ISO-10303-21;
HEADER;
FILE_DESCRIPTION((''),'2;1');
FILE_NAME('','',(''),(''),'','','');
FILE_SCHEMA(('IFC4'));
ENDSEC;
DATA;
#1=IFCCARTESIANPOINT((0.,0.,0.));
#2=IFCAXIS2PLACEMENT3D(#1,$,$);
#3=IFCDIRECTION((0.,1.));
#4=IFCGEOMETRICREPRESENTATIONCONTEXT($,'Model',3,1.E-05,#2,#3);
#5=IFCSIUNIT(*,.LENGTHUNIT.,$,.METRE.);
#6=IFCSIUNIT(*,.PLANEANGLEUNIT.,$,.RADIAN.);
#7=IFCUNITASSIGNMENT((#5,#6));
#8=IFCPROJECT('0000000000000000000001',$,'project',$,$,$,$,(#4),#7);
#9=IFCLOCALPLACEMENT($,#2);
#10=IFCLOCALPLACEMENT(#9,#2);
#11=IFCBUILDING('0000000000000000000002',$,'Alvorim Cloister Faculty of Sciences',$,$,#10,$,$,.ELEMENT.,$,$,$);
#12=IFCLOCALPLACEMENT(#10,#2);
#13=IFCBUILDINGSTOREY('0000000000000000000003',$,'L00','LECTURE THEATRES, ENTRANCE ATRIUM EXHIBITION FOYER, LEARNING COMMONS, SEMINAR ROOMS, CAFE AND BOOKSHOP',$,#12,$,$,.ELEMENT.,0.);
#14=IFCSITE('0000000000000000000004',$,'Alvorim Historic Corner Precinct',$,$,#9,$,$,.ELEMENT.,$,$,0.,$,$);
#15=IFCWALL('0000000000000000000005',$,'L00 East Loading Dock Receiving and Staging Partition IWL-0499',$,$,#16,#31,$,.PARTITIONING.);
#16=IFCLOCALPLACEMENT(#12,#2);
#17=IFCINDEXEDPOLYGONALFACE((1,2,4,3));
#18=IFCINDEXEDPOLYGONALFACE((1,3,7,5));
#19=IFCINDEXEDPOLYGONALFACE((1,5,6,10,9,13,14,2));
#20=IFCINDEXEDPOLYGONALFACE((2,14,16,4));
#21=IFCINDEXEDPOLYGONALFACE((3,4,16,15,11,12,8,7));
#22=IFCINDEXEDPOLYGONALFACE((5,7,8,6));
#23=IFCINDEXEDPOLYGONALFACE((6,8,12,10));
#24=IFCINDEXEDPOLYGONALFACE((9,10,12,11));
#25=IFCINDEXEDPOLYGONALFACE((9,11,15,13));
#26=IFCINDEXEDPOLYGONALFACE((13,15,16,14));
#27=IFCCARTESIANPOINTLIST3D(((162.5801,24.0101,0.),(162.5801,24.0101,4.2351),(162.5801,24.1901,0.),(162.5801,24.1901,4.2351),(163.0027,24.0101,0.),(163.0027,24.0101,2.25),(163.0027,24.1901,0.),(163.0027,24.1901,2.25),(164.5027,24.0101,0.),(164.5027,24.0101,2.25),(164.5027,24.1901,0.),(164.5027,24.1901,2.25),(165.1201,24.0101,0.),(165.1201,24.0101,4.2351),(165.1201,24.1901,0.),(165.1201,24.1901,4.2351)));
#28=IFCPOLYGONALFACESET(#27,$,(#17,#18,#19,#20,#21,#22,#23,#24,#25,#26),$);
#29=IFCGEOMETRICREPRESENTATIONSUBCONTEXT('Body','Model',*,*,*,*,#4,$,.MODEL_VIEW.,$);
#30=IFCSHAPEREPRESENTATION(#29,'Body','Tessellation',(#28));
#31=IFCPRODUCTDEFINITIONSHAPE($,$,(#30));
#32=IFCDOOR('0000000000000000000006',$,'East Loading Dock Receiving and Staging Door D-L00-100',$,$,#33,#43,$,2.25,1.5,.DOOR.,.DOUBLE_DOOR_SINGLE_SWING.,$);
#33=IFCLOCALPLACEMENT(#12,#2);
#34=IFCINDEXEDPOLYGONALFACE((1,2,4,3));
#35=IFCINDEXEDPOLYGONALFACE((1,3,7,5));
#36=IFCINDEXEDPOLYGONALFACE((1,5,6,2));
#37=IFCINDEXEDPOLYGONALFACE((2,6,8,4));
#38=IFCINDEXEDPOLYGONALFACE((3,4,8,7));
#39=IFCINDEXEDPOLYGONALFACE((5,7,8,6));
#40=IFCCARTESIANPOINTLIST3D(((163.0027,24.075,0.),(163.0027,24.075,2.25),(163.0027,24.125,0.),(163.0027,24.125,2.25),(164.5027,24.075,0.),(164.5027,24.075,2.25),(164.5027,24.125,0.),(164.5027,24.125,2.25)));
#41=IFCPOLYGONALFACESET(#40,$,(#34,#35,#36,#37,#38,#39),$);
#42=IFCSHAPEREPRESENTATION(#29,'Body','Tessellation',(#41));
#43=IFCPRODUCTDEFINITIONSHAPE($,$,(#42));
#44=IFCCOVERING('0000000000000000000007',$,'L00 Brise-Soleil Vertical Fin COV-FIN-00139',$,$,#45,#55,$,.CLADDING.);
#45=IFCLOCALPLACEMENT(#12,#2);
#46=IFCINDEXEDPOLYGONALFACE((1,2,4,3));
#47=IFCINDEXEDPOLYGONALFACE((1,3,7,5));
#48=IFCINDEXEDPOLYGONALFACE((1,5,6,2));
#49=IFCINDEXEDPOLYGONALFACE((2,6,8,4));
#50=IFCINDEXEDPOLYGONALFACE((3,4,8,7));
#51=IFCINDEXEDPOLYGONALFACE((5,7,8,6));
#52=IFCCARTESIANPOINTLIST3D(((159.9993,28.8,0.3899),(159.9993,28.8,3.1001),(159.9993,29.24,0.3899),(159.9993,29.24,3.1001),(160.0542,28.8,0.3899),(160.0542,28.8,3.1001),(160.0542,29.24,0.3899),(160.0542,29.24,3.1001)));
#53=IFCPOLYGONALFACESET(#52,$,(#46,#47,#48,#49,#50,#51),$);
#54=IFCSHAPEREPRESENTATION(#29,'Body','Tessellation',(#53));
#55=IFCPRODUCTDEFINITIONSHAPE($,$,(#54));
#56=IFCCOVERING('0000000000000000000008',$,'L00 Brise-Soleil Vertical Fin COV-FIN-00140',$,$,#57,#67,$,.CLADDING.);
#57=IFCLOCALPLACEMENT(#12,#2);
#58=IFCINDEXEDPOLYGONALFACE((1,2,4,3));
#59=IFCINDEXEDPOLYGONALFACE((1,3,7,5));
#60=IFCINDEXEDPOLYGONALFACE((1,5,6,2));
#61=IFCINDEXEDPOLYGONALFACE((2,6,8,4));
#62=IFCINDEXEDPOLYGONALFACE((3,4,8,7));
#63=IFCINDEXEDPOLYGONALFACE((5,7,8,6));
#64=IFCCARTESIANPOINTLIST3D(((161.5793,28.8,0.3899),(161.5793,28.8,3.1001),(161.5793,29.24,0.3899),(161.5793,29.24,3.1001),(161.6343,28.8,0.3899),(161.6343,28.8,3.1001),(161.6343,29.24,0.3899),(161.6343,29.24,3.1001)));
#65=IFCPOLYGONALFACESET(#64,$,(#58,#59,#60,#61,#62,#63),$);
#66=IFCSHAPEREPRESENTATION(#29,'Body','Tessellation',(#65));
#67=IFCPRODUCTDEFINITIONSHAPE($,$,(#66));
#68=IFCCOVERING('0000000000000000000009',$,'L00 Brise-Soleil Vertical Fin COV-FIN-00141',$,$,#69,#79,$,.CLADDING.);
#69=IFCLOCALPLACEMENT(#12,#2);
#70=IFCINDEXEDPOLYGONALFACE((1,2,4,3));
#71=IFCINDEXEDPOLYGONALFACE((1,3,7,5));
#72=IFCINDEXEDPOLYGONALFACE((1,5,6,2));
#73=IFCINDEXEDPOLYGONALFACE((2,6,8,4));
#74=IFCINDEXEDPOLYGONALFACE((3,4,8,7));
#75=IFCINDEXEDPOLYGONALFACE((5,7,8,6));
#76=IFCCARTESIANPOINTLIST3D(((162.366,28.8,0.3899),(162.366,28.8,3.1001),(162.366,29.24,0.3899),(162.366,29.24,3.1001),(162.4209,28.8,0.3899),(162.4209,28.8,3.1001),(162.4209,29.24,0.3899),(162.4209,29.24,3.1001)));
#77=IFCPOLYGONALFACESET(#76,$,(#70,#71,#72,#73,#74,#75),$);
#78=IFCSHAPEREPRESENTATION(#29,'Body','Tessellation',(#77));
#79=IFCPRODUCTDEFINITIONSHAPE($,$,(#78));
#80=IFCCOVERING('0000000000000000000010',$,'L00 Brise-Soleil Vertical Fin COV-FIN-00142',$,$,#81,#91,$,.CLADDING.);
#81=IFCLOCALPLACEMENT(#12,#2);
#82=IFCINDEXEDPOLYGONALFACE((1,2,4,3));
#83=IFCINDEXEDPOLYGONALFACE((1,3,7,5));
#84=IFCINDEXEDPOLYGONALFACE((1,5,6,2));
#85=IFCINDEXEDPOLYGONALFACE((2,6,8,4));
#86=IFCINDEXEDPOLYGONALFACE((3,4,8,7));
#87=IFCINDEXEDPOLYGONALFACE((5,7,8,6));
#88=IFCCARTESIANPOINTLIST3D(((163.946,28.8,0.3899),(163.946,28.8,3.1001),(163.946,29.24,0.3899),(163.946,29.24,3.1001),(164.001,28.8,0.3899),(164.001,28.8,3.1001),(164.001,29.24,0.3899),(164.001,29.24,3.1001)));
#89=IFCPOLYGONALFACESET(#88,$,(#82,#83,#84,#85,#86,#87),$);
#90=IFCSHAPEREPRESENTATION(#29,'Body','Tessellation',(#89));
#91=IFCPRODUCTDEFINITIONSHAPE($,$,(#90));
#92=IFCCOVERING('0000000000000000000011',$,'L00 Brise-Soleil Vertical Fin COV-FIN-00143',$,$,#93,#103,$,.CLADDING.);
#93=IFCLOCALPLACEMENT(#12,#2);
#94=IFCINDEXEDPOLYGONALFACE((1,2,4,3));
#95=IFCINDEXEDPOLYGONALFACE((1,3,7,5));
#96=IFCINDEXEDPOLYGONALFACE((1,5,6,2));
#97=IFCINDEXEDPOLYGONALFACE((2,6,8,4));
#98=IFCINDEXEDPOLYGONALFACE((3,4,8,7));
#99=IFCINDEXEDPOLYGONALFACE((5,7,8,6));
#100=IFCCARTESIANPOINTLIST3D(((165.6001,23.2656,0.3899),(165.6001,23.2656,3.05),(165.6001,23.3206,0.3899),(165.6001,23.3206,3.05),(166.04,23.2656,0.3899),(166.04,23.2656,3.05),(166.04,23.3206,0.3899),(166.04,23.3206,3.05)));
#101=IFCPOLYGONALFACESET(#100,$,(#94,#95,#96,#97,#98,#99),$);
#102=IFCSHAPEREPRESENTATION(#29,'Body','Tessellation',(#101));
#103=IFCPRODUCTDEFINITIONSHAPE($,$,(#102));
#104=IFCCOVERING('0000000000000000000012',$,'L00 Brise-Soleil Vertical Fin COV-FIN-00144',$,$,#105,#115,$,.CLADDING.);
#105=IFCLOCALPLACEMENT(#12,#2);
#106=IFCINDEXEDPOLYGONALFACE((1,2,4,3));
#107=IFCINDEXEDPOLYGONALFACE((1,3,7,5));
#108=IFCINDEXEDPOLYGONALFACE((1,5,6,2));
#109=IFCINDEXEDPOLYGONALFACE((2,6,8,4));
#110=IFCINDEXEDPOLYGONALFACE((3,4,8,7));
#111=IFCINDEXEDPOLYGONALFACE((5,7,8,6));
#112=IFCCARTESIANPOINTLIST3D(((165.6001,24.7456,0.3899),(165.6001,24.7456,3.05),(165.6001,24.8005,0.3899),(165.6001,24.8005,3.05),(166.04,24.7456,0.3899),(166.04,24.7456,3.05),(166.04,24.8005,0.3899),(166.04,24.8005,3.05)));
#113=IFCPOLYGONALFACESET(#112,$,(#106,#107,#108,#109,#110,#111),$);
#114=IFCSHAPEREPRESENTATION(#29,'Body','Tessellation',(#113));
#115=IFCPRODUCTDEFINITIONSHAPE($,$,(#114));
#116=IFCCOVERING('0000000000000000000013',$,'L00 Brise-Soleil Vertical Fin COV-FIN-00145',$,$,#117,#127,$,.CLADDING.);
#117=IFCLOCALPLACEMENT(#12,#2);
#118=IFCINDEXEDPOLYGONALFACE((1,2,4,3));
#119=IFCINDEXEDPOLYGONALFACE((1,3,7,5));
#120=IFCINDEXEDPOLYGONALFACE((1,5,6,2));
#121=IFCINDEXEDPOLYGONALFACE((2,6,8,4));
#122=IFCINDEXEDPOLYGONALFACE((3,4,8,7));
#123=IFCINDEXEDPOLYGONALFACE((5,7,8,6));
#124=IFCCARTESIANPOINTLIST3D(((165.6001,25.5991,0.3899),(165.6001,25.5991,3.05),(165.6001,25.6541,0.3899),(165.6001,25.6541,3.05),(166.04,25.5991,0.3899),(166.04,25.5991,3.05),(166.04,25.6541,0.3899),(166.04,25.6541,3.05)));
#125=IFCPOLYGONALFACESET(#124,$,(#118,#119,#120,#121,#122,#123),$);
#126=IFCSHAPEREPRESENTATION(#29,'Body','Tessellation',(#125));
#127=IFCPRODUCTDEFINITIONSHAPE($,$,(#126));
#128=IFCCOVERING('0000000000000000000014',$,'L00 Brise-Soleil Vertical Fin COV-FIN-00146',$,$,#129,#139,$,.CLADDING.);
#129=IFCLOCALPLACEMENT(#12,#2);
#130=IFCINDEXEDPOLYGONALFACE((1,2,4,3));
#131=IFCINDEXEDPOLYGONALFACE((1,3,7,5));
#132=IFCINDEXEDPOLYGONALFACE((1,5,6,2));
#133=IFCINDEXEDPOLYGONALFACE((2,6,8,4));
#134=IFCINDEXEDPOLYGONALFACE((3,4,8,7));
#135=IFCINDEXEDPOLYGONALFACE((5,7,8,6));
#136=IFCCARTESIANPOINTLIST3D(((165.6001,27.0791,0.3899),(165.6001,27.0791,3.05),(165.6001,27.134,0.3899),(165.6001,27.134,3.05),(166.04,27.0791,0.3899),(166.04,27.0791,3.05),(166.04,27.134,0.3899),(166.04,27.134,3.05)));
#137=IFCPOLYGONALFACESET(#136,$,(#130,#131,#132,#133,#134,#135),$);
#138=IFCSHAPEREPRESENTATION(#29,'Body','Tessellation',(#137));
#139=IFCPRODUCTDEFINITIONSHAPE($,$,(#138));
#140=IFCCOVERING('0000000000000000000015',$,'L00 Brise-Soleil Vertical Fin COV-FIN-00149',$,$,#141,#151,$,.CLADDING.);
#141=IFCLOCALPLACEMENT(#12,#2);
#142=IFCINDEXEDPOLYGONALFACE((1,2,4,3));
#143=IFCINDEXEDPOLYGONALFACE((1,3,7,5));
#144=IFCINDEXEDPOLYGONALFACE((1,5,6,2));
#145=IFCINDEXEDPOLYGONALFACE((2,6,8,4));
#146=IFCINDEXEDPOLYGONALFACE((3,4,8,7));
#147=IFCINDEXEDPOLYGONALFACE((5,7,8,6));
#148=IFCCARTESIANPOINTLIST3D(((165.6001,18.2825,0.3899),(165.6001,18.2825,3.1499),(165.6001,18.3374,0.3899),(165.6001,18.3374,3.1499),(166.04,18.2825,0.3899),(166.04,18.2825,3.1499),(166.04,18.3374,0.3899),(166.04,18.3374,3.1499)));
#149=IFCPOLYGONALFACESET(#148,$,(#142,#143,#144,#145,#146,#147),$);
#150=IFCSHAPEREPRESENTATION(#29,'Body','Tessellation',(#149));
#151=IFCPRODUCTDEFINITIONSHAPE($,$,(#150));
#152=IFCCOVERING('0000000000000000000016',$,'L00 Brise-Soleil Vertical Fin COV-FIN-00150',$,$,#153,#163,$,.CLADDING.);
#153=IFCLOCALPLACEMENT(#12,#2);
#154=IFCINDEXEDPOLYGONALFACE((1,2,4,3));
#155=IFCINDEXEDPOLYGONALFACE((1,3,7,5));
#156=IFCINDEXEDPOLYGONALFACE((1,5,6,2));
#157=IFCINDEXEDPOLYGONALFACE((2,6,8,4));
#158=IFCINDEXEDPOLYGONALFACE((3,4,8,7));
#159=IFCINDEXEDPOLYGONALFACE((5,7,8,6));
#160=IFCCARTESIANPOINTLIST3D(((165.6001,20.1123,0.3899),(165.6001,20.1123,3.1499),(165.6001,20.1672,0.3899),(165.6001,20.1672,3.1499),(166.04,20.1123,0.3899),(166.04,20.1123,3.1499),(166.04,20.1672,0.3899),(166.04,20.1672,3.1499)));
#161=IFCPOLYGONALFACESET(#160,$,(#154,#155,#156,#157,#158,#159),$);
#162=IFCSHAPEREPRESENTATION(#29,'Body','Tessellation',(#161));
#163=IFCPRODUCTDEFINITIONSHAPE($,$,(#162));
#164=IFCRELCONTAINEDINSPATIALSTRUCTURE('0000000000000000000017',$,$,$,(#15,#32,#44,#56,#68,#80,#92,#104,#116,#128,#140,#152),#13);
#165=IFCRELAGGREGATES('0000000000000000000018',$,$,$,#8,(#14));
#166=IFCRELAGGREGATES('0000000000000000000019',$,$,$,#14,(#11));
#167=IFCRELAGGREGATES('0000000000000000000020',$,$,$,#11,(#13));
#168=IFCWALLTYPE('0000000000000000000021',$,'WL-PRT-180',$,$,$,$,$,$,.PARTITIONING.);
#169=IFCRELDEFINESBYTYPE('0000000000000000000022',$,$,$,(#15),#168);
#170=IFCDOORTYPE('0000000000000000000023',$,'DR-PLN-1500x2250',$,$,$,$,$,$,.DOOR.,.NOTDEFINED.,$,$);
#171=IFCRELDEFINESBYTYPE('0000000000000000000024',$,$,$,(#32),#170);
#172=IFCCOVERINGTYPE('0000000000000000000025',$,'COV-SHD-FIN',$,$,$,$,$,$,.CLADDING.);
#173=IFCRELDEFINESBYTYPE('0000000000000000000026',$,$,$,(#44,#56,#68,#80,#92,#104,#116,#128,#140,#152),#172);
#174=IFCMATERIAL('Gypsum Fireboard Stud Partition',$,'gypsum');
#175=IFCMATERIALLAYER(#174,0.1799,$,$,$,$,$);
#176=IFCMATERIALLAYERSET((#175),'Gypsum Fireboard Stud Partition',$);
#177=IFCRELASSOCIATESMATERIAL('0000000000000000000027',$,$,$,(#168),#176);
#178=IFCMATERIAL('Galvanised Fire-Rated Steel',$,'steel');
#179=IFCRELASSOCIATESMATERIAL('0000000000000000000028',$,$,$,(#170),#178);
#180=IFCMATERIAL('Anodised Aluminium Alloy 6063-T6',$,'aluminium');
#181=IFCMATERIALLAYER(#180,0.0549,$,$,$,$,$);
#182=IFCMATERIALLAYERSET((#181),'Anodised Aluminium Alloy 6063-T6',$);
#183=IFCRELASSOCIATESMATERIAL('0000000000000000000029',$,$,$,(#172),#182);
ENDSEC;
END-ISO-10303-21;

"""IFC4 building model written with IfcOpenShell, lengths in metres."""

from ifc_helpers import new_model, si_unit, direction, frame, frame_2d, origin, place, context, subcontext, project, spatial, polyline, rectangle, outline, extrude, material, layer, layer_set, type_object, element, fill, save


model = new_model("IFC4")

# Units and contexts
model_context = context("Model", 3, precision=1e-05, world=origin(), true_north=direction((0.0, 1.0)))
body_context = subcontext(model_context, "Body", "Model", "MODEL_VIEW")
ifc_project = project(units=[si_unit("LENGTHUNIT", "METRE"), si_unit("PLANEANGLEUNIT", "RADIAN")], contexts=[model_context])

# Site, building, storey
site_placement = place(None, origin())
site = spatial("IfcSite", under=ifc_project, at=site_placement, Name="Alvorim Historic Corner Precinct", CompositionType="ELEMENT", RefElevation=0.0)
building_placement = place(site_placement, origin())
building = spatial("IfcBuilding", under=site, at=building_placement, Name="Alvorim Cloister Faculty of Sciences", CompositionType="ELEMENT")
storey_placement = place(building_placement, origin())
storey = spatial("IfcBuildingStorey", under=building, at=storey_placement, Name="L00", Description="LECTURE THEATRES, ENTRANCE ATRIUM EXHIBITION FOYER, LEARNING COMMONS, SEMINAR ROOMS, CAFE AND BOOKSHOP", CompositionType="ELEMENT", Elevation=0.0)

# Wall, opening, door
ifc_material_1 = material(Name="Gypsum Fireboard Stud Partition", Category="gypsum")
ifc_layer_1 = layer(ifc_material_1, 0.1799)
ifc_layer_set_1 = layer_set([ifc_layer_1], Name="Gypsum Fireboard Stud Partition")
wall_type_1 = type_object("IfcWallType", Name="WL-PRT-180", PredefinedType="PARTITIONING", material=ifc_layer_set_1)
wall_1_placement = place(storey_placement, frame((162.5801, 24.1001, 0.0), z_axis=(0.0, 0.0, 1.0), x_axis=(1.0, 0.0, 0.0)))
wall_1 = element("IfcWall", 1, at=wall_1_placement, inside=storey, type_object=wall_type_1, Name="L00 East Loading Dock Receiving and Staging Partition IWL-0499", PredefinedType="PARTITIONING", context=body_context, shape_type="SweptSolid", body=[
    extrude(rectangle(XDim=2.54, YDim=0.1799, at=frame_2d((1.27, 0.0))), origin(), (0.0, 0.0, 1.0), 4.2351),
])
opening_1_placement = place(wall_1_placement, frame((0.4226, 0.0, 0.0)))
opening_1 = element("IfcOpeningElement", 2, at=opening_1_placement, cuts=wall_1, PredefinedType="OPENING", context=body_context, shape_type="SweptSolid", body=[
    extrude(rectangle(XDim=1.5, YDim=2.25, at=frame_2d((0.75, 1.125))), frame((0.0, 0.1021, 0.0), z_axis=(0.0, -1.0, 0.0), x_axis=(1.0, 0.0, 0.0)), (0.0, 0.0, 1.0), 0.2039),
])
ifc_material_2 = material(Name="Galvanised Fire-Rated Steel", Category="steel")
door_type = type_object("IfcDoorType", Name="DR-PLN-1500x2250", OperationType="NOTDEFINED", PredefinedType="DOOR", material=ifc_material_2)
door_placement = place(opening_1_placement, origin())
door = element("IfcDoor", 3, at=door_placement, inside=storey, type_object=door_type, Name="East Loading Dock Receiving and Staging Door D-L00-100", OperationType="DOUBLE_DOOR_SINGLE_SWING", OverallHeight=2.25, OverallWidth=1.5, PredefinedType="DOOR", context=body_context, shape_type="SweptSolid", body=[
    extrude(rectangle(XDim=1.5, YDim=2.25, at=frame_2d((0.75, 1.125))), frame((0.0, 0.0249, 0.0), z_axis=(0.0, -1.0, 0.0), x_axis=(1.0, 0.0, 0.0)), (0.0, 0.0, 1.0), 0.05),
])
fill(opening_1, door)

# Coverings
ifc_material_3 = material(Name="Anodised Aluminium Alloy 6063-T6", Category="aluminium")
ifc_layer_2 = layer(ifc_material_3, 0.0549)
ifc_layer_set_2 = layer_set([ifc_layer_2], Name="Anodised Aluminium Alloy 6063-T6")
covering_type = type_object("IfcCoveringType", Name="COV-SHD-FIN", PredefinedType="CLADDING", material=ifc_layer_set_2)
for number, where, z_axis, x_axis, name in (
    (4, (160.0266, 28.8, 0.3899), (0.0, 0.0, 1.0), (0.0, 1.0, 0.0), "L00 Brise-Soleil Vertical Fin COV-FIN-00139"),
    (5, (161.6067, 28.8, 0.3899), (0.0, 0.0, 1.0), (0.0, 1.0, 0.0), "L00 Brise-Soleil Vertical Fin COV-FIN-00140"),
    (6, (162.3933, 28.8, 0.3899), (0.0, 0.0, 1.0), (0.0, 1.0, 0.0), "L00 Brise-Soleil Vertical Fin COV-FIN-00141"),
    (7, (163.9734, 28.8, 0.3899), (0.0, 0.0, 1.0), (0.0, 1.0, 0.0), "L00 Brise-Soleil Vertical Fin COV-FIN-00142"),
):
    element("IfcCovering", number, at=place(storey_placement, frame(where, z_axis=z_axis, x_axis=x_axis)), inside=storey, type_object=covering_type, Name=name, PredefinedType="CLADDING", context=body_context, shape_type="SweptSolid", body=[
        extrude(outline(polyline([(0.0, 0.0), (0.4399, 0.0), (0.4399, 2.7102), (0.0, 2.7102), (0.0, 0.0)])), frame((0.0, 0.0273, 0.0), z_axis=(0.0, -1.0, 0.0), x_axis=(1.0, 0.0, 0.0)), (0.0, 0.0, 1.0), 0.0549),
    ])
for number, where, z_axis, x_axis, name in (
    (8, (165.6001, 23.2932, 0.3899), (0.0, 0.0, 1.0), (1.0, 0.0, 0.0), "L00 Brise-Soleil Vertical Fin COV-FIN-00143"),
    (9, (165.6001, 24.7732, 0.3899), (0.0, 0.0, 1.0), (1.0, 0.0, 0.0), "L00 Brise-Soleil Vertical Fin COV-FIN-00144"),
    (10, (165.6001, 25.6267, 0.3899), (0.0, 0.0, 1.0), (1.0, 0.0, 0.0), "L00 Brise-Soleil Vertical Fin COV-FIN-00145"),
    (11, (165.6001, 27.1067, 0.3899), (0.0, 0.0, 1.0), (1.0, 0.0, 0.0), "L00 Brise-Soleil Vertical Fin COV-FIN-00146"),
):
    element("IfcCovering", number, at=place(storey_placement, frame(where, z_axis=z_axis, x_axis=x_axis)), inside=storey, type_object=covering_type, Name=name, PredefinedType="CLADDING", context=body_context, shape_type="SweptSolid", body=[
        extrude(outline(polyline([(0.0, 0.0), (0.4399, 0.0), (0.4399, 2.6602), (0.0, 2.6602), (0.0, 0.0)])), frame((0.0, 0.0273, 0.0), z_axis=(0.0, -1.0, 0.0), x_axis=(1.0, 0.0, 0.0)), (0.0, 0.0, 1.0), 0.0549),
    ])
for number, where, z_axis, x_axis, name in (
    (12, (165.6001, 18.3101, 0.3899), (0.0, 0.0, 1.0), (1.0, 0.0, 0.0), "L00 Brise-Soleil Vertical Fin COV-FIN-00149"),
    (13, (165.6001, 20.1399, 0.3899), (0.0, 0.0, 1.0), (1.0, 0.0, 0.0), "L00 Brise-Soleil Vertical Fin COV-FIN-00150"),
):
    element("IfcCovering", number, at=place(storey_placement, frame(where, z_axis=z_axis, x_axis=x_axis)), inside=storey, type_object=covering_type, Name=name, PredefinedType="CLADDING", context=body_context, shape_type="SweptSolid", body=[
        extrude(outline(polyline([(0.0, 0.0), (0.4399, 0.0), (0.4399, 2.76), (0.0, 2.76), (0.0, 0.0)])), frame((0.0, 0.0273, 0.0), z_axis=(0.0, -1.0, 0.0), x_axis=(1.0, 0.0, 0.0)), (0.0, 0.0, 1.0), 0.0549),
    ])

save(model, "model.ifc")
